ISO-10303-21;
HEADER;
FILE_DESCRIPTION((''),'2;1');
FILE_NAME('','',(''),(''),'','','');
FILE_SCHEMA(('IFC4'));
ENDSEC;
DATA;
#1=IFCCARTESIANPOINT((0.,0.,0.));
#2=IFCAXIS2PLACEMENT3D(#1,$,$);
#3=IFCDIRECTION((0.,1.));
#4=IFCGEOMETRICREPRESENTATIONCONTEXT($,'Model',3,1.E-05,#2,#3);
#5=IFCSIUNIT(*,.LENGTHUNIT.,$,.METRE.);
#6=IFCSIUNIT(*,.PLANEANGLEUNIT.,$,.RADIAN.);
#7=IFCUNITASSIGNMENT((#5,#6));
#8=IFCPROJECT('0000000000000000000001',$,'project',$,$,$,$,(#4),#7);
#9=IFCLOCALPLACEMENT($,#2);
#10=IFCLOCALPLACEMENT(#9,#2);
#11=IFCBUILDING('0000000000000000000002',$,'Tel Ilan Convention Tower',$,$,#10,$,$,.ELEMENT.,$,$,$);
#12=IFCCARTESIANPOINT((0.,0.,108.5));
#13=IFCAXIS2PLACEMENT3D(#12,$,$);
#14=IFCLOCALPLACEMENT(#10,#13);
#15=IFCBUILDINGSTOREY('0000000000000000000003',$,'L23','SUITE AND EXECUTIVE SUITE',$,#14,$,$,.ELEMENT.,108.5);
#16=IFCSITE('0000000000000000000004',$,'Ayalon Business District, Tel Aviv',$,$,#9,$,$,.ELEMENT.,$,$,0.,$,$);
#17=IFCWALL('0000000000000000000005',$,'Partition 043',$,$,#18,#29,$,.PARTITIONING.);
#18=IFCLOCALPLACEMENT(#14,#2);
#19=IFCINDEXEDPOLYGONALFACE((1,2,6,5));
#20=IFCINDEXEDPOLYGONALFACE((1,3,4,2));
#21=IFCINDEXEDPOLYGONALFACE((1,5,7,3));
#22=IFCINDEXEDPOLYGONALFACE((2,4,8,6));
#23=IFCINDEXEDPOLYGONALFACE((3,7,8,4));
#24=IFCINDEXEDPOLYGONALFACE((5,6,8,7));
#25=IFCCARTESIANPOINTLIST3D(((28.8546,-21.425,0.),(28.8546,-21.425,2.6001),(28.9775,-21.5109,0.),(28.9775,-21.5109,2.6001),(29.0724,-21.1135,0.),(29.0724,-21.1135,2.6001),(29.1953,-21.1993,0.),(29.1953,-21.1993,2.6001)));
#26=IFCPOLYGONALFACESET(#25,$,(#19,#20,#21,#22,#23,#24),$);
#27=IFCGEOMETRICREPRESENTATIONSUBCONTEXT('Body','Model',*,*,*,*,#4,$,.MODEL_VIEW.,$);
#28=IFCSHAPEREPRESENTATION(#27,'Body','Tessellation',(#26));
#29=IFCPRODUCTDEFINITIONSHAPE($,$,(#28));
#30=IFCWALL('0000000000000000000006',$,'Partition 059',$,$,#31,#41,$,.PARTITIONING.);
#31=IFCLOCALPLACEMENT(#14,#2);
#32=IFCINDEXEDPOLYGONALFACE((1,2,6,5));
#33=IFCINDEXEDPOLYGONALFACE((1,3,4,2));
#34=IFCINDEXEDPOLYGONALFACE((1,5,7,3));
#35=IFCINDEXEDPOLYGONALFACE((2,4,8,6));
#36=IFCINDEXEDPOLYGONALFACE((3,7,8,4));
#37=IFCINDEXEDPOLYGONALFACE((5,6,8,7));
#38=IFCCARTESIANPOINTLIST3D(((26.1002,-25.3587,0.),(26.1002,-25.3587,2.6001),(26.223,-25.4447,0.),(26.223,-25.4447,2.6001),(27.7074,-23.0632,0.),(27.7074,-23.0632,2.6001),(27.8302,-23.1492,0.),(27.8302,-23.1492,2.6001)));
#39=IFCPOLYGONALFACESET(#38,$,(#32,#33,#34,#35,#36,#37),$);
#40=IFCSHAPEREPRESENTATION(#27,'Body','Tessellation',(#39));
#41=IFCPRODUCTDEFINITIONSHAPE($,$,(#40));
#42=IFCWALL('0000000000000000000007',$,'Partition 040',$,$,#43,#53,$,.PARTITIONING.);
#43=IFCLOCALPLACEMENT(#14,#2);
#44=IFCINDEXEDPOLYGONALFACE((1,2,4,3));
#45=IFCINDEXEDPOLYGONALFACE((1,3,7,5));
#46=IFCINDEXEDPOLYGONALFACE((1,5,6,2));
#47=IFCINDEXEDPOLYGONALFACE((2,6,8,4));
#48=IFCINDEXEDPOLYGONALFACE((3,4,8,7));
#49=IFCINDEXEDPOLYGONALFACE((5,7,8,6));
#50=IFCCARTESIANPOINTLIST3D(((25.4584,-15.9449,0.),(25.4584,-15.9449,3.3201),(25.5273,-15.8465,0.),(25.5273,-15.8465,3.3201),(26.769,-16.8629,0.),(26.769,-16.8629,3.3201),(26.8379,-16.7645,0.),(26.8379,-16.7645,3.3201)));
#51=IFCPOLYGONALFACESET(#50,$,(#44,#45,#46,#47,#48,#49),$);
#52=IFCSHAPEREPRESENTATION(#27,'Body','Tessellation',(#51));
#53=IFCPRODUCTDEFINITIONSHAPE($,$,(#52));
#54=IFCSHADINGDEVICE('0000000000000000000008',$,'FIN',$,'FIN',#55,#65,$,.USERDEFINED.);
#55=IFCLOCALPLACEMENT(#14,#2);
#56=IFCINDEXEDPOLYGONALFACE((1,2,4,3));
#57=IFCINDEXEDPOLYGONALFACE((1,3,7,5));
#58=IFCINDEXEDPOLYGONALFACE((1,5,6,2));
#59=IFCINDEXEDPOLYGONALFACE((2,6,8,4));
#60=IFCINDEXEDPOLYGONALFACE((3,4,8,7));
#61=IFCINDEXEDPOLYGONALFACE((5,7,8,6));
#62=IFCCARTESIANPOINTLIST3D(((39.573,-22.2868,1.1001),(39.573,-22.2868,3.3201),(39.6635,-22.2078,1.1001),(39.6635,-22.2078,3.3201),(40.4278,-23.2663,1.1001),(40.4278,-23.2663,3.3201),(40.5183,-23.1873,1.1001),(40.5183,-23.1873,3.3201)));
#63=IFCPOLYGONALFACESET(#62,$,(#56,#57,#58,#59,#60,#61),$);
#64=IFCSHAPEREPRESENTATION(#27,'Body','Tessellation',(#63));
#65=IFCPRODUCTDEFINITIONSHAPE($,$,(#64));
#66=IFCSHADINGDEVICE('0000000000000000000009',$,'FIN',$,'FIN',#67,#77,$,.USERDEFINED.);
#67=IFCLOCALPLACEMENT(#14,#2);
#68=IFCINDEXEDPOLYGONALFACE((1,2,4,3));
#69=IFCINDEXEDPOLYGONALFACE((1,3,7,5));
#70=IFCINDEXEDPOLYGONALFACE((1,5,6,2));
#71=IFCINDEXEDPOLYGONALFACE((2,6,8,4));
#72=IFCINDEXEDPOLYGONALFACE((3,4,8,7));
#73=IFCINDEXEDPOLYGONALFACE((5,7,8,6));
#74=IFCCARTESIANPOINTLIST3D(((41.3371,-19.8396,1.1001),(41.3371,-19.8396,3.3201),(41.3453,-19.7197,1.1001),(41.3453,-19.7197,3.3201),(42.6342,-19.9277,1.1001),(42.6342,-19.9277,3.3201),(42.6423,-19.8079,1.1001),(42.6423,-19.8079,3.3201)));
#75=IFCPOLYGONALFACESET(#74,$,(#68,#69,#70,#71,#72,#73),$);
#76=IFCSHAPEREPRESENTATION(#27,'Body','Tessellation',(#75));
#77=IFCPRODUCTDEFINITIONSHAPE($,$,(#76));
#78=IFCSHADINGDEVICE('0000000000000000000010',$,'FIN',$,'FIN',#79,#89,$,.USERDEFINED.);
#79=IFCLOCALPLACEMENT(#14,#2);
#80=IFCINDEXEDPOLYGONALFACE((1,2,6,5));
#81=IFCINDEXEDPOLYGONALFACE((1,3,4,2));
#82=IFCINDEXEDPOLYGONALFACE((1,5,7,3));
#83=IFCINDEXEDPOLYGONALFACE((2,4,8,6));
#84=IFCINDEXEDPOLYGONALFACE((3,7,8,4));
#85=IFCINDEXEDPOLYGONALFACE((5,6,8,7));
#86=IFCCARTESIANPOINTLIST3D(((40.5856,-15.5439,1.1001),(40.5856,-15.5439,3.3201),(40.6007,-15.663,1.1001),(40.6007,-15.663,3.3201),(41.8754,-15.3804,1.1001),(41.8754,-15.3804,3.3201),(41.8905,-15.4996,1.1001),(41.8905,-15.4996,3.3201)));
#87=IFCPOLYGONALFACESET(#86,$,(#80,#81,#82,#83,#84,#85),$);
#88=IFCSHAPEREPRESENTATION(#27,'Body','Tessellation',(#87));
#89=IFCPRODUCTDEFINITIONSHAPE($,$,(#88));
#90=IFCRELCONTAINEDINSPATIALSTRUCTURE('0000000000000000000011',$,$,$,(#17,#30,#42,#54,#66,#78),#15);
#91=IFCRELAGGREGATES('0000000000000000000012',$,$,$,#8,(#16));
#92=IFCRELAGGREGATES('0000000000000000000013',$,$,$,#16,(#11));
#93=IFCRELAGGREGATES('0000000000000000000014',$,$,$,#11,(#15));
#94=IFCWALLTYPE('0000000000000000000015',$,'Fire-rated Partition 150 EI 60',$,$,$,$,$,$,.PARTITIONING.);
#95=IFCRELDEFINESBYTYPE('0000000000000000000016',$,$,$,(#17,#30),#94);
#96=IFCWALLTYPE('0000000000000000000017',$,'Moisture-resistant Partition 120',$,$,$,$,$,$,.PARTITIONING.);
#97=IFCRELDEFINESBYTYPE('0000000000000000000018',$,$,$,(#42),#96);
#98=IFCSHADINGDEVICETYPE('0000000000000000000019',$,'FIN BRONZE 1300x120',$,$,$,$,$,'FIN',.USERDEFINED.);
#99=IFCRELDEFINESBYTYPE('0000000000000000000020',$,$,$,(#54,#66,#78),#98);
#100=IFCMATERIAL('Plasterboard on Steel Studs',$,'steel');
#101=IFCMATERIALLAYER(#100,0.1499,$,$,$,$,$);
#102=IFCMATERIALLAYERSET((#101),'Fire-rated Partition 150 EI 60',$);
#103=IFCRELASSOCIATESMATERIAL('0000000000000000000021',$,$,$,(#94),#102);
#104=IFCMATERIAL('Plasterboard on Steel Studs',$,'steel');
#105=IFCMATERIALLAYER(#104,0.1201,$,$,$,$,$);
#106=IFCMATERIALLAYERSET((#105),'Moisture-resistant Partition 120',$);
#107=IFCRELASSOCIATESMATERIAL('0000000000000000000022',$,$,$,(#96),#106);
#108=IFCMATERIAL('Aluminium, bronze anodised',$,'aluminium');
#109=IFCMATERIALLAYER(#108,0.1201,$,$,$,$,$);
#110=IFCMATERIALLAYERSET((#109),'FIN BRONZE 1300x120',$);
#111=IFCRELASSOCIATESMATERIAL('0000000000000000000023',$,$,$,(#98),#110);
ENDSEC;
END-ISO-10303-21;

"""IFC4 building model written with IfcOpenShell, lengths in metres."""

from ifc_helpers import new_model, si_unit, direction, frame, frame_2d, origin, origin_2d, place, context, subcontext, project, spatial, rectangle, extrude, material, layer, layer_set, type_object, element, save


model = new_model("IFC4")

# Units and contexts
model_context = context("Model", 3, precision=1e-05, world=origin(), true_north=direction((0.0, 1.0)))
body_context = subcontext(model_context, "Body", "Model", "MODEL_VIEW")
ifc_project = project(units=[si_unit("LENGTHUNIT", "METRE"), si_unit("PLANEANGLEUNIT", "RADIAN")], contexts=[model_context])

# Site, building, storey
site_placement = place(None, origin())
site = spatial("IfcSite", under=ifc_project, at=site_placement, Name="Ayalon Business District, Tel Aviv", CompositionType="ELEMENT", RefElevation=0.0)
building_placement = place(site_placement, origin())
building = spatial("IfcBuilding", under=site, at=building_placement, Name="Tel Ilan Convention Tower", CompositionType="ELEMENT")
storey_placement = place(building_placement, frame((0.0, 0.0, 108.5)))
storey = spatial("IfcBuildingStorey", under=building, at=storey_placement, Name="L23", Description="SUITE AND EXECUTIVE SUITE", CompositionType="ELEMENT", Elevation=108.5)

# Shared definitions
ifc_material_1 = material(Name="Plasterboard on Steel Studs", Category="steel")
ifc_layer_1 = layer(ifc_material_1, 0.1499)
ifc_layer_set_1 = layer_set([ifc_layer_1], Name="Fire-rated Partition 150 EI 60")
wall_type_1 = type_object("IfcWallType", Name="Fire-rated Partition 150 EI 60", PredefinedType="PARTITIONING", material=ifc_layer_set_1)

# Walls
wall_1_placement = place(storey_placement, frame((29.1338, -21.1565, 0.0), z_axis=(0.0, 0.0, 1.0), x_axis=(-0.572945, -0.819594, 0.0)))
element("IfcWall", 1, at=wall_1_placement, inside=storey, type_object=wall_type_1, Name="Partition 043", PredefinedType="PARTITIONING", context=body_context, shape_type="SweptSolid", body=[
    extrude(rectangle(XDim=0.3801, YDim=0.1499, at=frame_2d((0.1899, 0.0))), origin(), (0.0, 0.0, 1.0), 2.6001),
])
wall_2_placement = place(storey_placement, frame((27.7688, -23.1062, 0.0), z_axis=(0.0, 0.0, 1.0), x_axis=(-0.573556, -0.819166, 0.0)))
element("IfcWall", 2, at=wall_2_placement, inside=storey, type_object=wall_type_1, Name="Partition 059", PredefinedType="PARTITIONING", context=body_context, shape_type="SweptSolid", body=[
    extrude(rectangle(XDim=2.8022, YDim=0.1499, at=frame_2d((1.4011, 0.0))), origin(), (0.0, 0.0, 1.0), 2.6001),
])
ifc_material_2 = material(Name="Plasterboard on Steel Studs", Category="steel")
ifc_layer_2 = layer(ifc_material_2, 0.1201)
ifc_layer_set_2 = layer_set([ifc_layer_2], Name="Moisture-resistant Partition 120")
wall_type_2 = type_object("IfcWallType", Name="Moisture-resistant Partition 120", PredefinedType="PARTITIONING", material=ifc_layer_set_2)
wall_3_placement = place(storey_placement, frame((26.8035, -16.8137, 0.0), z_axis=(0.0, 0.0, 1.0), x_axis=(-0.81906, 0.573708, 0.0)))
element("IfcWall", 3, at=wall_3_placement, inside=storey, type_object=wall_type_2, Name="Partition 040", PredefinedType="PARTITIONING", context=body_context, shape_type="SweptSolid", body=[
    extrude(rectangle(XDim=1.6001, YDim=0.1201, at=frame_2d((0.8, 0.0))), origin(), (0.0, 0.0, 1.0), 3.3201),
])

# Shading devices
ifc_material_3 = material(Name="Aluminium, bronze anodised", Category="aluminium")
ifc_layer_3 = layer(ifc_material_3, 0.1201)
ifc_layer_set_3 = layer_set([ifc_layer_3], Name="FIN BRONZE 1300x120")
shading_device_type = type_object("IfcShadingDeviceType", Name="FIN BRONZE 1300x120", ElementType="FIN", PredefinedType="USERDEFINED", material=ifc_layer_set_3)
for number, where, z_axis, x_axis, name in (
    (4, (40.0457, -22.7371, 1.1001), (0.0, 0.0, 1.0), (0.657521, -0.753436, 0.0), "FIN"),
    (5, (41.9897, -19.8237, 1.1001), (0.0, 0.0, 1.0), (0.997697, -0.067822, 0.0), "FIN"),
    (6, (41.238, -15.5217, 1.1001), (0.0, 0.0, 1.0), (0.992066, 0.125718, 0.0), "FIN"),
):
    element("IfcShadingDevice", number, at=place(storey_placement, frame(where, z_axis=z_axis, x_axis=x_axis)), inside=storey, type_object=shading_device_type, Name=name, ObjectType="FIN", PredefinedType="USERDEFINED", context=body_context, shape_type="SweptSolid", body=[
        extrude(rectangle(XDim=1.3, YDim=0.1201, at=origin_2d()), origin(), (0.0, 0.0, 1.0), 2.22),
    ])

save(model, "model.ifc")
